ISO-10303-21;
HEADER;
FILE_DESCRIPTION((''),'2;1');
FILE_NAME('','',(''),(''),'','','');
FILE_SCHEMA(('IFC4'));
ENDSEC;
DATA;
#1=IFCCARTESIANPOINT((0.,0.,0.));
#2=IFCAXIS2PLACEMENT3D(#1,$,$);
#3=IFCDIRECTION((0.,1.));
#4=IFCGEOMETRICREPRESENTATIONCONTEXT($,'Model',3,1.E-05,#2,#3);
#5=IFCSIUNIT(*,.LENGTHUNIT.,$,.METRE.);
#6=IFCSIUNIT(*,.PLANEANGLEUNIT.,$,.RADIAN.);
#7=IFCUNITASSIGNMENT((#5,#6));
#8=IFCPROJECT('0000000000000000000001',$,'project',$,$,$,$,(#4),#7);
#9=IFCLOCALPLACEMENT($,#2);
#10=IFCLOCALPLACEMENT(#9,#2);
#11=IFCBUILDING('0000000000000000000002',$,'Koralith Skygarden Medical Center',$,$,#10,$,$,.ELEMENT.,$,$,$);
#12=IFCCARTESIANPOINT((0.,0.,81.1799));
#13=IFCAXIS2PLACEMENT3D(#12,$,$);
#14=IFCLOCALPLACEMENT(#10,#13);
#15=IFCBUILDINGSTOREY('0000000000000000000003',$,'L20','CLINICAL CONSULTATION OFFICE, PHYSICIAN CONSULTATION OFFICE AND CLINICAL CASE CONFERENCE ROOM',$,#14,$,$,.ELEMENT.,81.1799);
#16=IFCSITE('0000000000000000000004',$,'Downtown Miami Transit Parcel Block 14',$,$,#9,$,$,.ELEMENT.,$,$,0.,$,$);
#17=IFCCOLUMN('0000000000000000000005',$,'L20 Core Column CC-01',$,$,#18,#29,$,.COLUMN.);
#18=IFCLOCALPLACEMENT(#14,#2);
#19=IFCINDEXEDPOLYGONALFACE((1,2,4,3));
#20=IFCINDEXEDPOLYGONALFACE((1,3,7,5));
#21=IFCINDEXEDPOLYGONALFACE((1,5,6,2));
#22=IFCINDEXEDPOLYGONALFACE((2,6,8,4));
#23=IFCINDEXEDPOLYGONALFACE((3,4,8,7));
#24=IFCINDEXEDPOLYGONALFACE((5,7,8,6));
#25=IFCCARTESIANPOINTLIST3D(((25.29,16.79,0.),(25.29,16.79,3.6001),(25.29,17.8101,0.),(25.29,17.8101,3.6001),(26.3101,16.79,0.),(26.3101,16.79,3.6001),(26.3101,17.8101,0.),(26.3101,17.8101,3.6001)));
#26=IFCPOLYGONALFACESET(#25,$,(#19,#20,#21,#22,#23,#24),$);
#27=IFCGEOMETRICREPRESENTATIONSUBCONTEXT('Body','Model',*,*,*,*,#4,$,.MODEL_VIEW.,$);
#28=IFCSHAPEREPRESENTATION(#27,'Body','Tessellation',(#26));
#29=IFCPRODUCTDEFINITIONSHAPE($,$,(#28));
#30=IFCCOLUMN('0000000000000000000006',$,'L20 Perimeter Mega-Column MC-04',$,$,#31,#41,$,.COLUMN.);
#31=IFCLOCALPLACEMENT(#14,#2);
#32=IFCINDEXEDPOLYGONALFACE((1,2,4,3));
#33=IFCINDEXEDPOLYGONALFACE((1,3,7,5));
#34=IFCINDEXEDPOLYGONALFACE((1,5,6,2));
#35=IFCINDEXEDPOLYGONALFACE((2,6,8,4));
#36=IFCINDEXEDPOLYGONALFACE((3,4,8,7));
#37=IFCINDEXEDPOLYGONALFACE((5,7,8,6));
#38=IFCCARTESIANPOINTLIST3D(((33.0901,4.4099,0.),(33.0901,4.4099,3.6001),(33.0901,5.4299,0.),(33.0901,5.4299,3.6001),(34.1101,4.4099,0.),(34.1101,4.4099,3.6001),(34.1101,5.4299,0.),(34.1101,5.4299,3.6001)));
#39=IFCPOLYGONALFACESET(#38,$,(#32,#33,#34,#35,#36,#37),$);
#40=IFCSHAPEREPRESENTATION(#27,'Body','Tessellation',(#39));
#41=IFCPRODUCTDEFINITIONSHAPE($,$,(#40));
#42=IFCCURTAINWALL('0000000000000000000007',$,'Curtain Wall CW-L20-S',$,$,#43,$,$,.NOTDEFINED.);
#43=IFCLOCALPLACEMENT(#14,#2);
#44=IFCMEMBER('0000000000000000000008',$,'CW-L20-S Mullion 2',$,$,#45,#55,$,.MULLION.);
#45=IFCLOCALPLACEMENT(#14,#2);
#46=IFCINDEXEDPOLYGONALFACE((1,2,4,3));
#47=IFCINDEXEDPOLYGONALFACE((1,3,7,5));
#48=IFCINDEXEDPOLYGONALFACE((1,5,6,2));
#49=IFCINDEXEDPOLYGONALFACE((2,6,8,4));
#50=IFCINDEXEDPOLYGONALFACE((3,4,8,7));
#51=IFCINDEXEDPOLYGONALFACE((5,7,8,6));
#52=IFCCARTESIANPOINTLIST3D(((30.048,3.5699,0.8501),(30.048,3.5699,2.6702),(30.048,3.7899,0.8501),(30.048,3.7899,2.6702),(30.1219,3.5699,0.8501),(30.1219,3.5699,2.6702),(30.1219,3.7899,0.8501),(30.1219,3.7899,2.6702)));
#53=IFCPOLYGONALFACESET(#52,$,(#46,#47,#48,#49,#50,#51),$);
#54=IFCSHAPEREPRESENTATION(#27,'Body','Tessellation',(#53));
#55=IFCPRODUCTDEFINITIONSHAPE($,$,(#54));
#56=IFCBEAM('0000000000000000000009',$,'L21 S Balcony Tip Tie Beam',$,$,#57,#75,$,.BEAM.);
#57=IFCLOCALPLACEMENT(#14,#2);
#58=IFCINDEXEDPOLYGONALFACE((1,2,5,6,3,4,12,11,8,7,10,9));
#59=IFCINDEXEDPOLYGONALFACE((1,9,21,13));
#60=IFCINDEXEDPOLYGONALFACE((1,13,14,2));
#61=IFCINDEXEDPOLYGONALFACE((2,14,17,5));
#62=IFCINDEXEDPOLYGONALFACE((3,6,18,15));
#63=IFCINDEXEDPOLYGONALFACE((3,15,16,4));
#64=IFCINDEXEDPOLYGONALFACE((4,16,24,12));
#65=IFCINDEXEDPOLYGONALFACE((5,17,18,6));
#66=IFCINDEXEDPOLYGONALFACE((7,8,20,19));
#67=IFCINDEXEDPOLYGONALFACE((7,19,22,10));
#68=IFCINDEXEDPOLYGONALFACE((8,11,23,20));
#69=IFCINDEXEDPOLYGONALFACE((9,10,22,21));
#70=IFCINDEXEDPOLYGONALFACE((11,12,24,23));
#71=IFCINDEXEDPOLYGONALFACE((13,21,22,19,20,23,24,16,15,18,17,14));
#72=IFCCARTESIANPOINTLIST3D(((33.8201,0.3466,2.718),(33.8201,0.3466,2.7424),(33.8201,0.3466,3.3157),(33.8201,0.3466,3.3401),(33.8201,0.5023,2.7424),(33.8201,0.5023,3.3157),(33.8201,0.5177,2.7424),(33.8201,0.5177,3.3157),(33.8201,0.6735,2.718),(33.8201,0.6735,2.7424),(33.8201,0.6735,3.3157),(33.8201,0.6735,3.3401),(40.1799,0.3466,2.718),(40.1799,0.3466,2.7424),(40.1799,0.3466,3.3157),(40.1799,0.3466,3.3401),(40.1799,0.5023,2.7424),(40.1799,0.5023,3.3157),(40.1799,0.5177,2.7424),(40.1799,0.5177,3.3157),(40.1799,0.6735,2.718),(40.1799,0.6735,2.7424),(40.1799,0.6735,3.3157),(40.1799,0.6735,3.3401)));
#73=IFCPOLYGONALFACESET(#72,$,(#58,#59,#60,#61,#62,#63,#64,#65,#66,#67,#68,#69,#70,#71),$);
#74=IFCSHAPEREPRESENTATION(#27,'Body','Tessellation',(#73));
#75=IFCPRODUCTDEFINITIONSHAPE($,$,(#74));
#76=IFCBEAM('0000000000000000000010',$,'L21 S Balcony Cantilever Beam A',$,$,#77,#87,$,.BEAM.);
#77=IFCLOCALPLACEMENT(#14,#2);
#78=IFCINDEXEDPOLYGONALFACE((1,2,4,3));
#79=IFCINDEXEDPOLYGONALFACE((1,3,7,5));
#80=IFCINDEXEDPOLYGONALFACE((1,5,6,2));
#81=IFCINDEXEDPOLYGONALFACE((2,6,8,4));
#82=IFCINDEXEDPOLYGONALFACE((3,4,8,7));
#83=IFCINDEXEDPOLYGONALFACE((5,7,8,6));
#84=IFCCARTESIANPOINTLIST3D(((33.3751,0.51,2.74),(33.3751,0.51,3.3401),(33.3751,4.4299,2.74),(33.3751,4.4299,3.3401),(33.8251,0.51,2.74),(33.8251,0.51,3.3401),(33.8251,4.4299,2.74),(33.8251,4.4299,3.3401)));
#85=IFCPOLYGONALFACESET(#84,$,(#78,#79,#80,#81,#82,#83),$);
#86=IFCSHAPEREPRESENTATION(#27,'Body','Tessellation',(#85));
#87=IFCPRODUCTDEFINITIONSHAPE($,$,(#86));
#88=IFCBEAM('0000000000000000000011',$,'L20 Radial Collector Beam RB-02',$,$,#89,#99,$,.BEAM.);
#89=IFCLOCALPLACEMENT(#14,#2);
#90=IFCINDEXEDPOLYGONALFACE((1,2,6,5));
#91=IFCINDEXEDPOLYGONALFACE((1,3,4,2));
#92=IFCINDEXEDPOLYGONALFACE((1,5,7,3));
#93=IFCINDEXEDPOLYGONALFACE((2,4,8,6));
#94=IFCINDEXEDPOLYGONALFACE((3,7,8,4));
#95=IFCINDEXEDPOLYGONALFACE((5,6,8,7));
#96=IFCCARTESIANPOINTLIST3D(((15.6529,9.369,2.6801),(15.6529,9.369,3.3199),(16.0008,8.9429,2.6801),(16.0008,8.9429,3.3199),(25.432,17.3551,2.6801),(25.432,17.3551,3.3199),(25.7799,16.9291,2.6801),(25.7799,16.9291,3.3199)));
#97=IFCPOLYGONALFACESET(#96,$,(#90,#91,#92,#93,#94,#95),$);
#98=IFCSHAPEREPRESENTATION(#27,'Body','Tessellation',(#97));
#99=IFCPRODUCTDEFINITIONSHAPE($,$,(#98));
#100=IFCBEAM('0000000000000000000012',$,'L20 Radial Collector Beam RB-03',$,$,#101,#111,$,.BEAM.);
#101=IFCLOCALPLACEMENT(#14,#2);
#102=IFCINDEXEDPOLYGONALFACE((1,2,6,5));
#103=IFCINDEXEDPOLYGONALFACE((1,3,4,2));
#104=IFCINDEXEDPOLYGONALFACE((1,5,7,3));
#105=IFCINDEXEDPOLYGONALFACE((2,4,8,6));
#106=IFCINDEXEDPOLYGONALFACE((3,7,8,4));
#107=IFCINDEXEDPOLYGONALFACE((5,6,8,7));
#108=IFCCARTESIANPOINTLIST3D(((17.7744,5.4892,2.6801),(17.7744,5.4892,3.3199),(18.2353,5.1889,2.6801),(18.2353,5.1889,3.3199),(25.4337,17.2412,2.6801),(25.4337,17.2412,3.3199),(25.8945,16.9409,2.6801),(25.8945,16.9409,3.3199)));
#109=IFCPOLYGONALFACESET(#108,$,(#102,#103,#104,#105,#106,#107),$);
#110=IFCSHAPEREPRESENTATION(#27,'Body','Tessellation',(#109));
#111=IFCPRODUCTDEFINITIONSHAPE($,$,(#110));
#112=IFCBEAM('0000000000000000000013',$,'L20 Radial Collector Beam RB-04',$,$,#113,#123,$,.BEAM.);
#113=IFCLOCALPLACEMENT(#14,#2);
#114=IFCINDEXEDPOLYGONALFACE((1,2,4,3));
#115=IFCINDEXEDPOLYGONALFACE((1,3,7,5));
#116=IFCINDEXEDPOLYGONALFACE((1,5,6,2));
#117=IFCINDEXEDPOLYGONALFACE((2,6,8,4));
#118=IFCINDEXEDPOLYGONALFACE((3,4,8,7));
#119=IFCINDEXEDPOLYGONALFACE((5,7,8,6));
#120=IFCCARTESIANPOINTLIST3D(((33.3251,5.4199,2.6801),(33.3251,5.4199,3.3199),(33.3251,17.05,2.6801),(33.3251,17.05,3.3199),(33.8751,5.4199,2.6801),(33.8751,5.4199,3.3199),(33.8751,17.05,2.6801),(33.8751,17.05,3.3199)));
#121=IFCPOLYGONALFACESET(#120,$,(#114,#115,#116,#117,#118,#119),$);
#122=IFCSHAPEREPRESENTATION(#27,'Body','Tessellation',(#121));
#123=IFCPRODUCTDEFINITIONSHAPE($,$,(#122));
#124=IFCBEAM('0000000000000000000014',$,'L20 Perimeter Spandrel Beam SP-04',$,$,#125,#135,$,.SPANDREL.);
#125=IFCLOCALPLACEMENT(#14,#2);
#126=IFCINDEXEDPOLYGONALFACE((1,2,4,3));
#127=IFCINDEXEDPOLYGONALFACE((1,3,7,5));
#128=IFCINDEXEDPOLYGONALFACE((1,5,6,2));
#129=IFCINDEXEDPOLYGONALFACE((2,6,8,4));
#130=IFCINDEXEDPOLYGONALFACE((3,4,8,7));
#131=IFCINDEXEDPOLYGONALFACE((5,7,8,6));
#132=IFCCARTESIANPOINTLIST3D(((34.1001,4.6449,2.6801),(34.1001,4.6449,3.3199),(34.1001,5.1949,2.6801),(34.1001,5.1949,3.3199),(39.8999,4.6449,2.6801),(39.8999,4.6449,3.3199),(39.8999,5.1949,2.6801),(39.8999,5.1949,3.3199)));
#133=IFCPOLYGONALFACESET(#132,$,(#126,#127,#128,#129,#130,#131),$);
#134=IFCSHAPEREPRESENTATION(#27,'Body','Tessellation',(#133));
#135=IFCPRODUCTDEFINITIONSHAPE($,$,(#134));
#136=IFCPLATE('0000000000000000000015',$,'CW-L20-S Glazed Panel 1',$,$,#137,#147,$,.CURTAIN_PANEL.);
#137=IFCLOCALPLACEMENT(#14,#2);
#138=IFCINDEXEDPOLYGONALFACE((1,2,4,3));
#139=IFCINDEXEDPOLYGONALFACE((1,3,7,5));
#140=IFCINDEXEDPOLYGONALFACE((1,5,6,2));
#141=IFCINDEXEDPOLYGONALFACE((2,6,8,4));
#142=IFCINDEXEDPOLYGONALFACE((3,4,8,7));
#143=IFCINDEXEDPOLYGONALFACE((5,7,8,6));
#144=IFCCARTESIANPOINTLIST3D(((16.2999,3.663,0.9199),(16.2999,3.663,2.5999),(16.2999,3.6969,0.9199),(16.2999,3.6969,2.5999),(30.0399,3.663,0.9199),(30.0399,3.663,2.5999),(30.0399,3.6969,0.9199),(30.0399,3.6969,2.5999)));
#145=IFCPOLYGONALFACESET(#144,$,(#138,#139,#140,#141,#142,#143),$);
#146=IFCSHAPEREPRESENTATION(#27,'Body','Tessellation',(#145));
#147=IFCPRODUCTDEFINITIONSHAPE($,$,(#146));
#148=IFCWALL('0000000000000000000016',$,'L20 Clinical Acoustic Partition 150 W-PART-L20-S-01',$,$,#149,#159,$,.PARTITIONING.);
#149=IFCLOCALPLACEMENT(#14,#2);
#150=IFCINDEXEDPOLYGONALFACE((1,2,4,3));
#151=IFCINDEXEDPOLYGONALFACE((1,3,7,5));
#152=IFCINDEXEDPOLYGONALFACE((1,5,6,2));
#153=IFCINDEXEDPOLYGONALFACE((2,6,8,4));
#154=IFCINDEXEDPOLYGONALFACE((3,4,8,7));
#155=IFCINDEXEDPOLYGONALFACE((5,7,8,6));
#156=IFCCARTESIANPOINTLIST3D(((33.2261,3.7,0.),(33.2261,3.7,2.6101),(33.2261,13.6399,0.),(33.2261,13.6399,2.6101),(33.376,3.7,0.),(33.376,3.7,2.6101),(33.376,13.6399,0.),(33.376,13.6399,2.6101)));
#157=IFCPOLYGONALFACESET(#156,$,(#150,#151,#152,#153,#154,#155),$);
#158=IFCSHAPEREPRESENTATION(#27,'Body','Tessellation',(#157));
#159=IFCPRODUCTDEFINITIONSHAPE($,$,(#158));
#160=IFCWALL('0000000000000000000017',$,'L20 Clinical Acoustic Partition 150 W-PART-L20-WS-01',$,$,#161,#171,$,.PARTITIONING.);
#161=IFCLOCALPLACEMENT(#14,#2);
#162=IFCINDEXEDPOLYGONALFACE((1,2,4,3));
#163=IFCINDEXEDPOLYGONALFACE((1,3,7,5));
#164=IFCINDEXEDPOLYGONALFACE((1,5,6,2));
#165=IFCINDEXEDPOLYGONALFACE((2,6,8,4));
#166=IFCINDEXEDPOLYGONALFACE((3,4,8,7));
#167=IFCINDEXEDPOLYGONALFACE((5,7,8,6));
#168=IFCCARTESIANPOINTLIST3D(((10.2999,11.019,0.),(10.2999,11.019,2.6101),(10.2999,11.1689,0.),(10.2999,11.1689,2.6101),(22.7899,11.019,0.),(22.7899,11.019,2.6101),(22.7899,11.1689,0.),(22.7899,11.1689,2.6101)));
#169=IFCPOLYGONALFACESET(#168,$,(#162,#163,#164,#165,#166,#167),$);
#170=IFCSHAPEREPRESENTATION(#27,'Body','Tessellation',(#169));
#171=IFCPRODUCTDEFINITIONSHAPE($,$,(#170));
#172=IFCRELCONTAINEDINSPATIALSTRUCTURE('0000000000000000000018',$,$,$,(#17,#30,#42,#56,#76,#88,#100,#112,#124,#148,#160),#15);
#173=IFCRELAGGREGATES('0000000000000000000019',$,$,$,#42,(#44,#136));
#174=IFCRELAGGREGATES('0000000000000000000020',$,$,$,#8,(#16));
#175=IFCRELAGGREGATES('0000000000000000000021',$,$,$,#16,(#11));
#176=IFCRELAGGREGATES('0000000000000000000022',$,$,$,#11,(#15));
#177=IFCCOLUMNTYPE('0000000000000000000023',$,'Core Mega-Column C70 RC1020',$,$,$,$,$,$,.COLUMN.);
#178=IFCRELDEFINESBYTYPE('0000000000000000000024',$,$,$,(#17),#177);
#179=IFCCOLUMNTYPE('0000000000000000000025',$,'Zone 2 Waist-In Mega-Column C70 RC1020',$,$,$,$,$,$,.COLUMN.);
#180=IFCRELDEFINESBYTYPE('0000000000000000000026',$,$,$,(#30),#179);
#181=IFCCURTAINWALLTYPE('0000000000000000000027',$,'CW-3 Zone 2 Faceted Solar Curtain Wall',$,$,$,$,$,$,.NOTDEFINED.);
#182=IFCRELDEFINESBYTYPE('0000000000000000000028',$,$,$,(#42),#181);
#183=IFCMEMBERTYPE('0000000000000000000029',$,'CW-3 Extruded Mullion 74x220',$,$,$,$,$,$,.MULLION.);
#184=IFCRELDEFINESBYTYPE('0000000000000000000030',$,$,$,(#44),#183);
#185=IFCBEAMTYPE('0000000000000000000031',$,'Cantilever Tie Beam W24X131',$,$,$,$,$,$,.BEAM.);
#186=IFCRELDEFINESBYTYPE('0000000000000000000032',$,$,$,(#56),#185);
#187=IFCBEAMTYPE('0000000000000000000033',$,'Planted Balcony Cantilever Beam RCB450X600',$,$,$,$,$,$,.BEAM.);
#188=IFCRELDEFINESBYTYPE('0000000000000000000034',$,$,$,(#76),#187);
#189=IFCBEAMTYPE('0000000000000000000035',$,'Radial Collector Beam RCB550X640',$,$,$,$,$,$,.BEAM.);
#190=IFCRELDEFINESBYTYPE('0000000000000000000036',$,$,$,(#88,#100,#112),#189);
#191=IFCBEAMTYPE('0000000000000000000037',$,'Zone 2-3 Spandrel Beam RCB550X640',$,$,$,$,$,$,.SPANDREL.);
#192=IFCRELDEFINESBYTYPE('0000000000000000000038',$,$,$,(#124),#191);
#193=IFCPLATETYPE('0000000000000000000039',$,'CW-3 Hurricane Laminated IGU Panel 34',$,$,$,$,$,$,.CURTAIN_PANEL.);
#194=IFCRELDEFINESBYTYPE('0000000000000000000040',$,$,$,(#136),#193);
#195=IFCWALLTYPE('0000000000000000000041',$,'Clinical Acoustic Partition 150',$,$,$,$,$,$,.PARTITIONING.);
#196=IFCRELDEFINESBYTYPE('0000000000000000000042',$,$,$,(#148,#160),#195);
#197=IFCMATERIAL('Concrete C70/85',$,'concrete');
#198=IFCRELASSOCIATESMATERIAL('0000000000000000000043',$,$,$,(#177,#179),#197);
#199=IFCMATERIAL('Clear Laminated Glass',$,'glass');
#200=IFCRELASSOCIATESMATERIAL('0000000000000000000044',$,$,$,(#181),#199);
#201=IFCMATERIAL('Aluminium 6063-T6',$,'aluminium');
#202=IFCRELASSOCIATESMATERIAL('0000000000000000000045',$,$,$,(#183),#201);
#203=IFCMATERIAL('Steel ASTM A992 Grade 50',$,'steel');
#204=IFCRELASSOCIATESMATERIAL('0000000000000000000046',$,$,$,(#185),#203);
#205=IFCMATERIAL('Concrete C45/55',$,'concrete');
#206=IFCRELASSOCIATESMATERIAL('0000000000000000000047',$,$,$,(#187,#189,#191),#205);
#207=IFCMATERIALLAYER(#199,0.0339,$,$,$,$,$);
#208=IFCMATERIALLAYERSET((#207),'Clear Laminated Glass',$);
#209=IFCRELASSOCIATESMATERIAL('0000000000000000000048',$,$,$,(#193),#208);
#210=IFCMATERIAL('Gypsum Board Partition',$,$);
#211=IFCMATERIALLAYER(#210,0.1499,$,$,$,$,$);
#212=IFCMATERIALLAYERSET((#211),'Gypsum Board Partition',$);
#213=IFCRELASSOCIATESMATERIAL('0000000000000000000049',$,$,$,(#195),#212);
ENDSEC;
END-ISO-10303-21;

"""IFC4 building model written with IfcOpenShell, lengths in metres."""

from ifc_helpers import new_model, si_unit, direction, frame, frame_2d, origin, origin_2d, place, context, subcontext, project, spatial, rectangle, i_section, extrude, material, layer, layer_set, material_profile, profile_set, type_object, element, aggregate, save


model = new_model("IFC4")

# Units and contexts
model_context = context("Model", 3, precision=1e-05, world=origin(), true_north=direction((0.0, 1.0)))
body_context = subcontext(model_context, "Body", "Model", "MODEL_VIEW")
ifc_project = project(units=[si_unit("LENGTHUNIT", "METRE"), si_unit("PLANEANGLEUNIT", "RADIAN")], contexts=[model_context])

# Site, building, storey
site_placement = place(None, origin())
site = spatial("IfcSite", under=ifc_project, at=site_placement, Name="Downtown Miami Transit Parcel Block 14", CompositionType="ELEMENT", RefElevation=0.0)
building_placement = place(site_placement, origin())
building = spatial("IfcBuilding", under=site, at=building_placement, Name="Koralith Skygarden Medical Center", CompositionType="ELEMENT")
storey_placement = place(building_placement, frame((0.0, 0.0, 81.1799)))
storey = spatial("IfcBuildingStorey", under=building, at=storey_placement, Name="L20", Description="CLINICAL CONSULTATION OFFICE, PHYSICIAN CONSULTATION OFFICE AND CLINICAL CASE CONFERENCE ROOM", CompositionType="ELEMENT", Elevation=81.1799)

# Columns
ifc_material_1 = material(Name="Concrete C70/85", Category="concrete")
ifc_material_profile_1 = material_profile(ifc_material_1, rectangle(XDim=1.02, YDim=1.02, at=origin_2d()), Name="RC1020X1020")
ifc_profile_set_1 = profile_set([ifc_material_profile_1], Name="Concrete C70/85")
column_type_1 = type_object("IfcColumnType", Name="Core Mega-Column C70 RC1020", PredefinedType="COLUMN", material=ifc_profile_set_1)
column_1_placement = place(storey_placement, frame((25.8, 17.3, 0.0), z_axis=(0.0, 0.0, 1.0), x_axis=(1.0, 0.0, 0.0)))
element("IfcColumn", 1, at=column_1_placement, inside=storey, type_object=column_type_1, Name="L20 Core Column CC-01", PredefinedType="COLUMN", context=body_context, shape_type="SweptSolid", body=[
    extrude(rectangle(XDim=1.02, YDim=1.02, at=origin_2d()), origin(), (0.0, 0.0, 1.0), 3.6001),
])
ifc_material_profile_2 = material_profile(ifc_material_1, rectangle(XDim=1.02, YDim=1.02, at=origin_2d()), Name="RC1020X1020")
ifc_profile_set_2 = profile_set([ifc_material_profile_2], Name="Concrete C70/85")
column_type_2 = type_object("IfcColumnType", Name="Zone 2 Waist-In Mega-Column C70 RC1020", PredefinedType="COLUMN", material=ifc_profile_set_2)
column_2_placement = place(storey_placement, frame((33.6001, 4.9199, 0.0), z_axis=(0.0, 0.0, 1.0), x_axis=(1.0, 0.0, 0.0)))
element("IfcColumn", 2, at=column_2_placement, inside=storey, type_object=column_type_2, Name="L20 Perimeter Mega-Column MC-04", PredefinedType="COLUMN", context=body_context, shape_type="SweptSolid", body=[
    extrude(rectangle(XDim=1.02, YDim=1.02, at=origin_2d()), origin(), (0.0, 0.0, 1.0), 3.6001),
])

# Curtain wall, member
ifc_material_2 = material(Name="Clear Laminated Glass", Category="glass")
curtain_wall_type = type_object("IfcCurtainWallType", Name="CW-3 Zone 2 Faceted Solar Curtain Wall", PredefinedType="NOTDEFINED", material=ifc_material_2)
curtain_wall_placement = place(storey_placement, origin())
curtain_wall = element("IfcCurtainWall", 3, at=curtain_wall_placement, inside=storey, type_object=curtain_wall_type, Name="Curtain Wall CW-L20-S", PredefinedType="NOTDEFINED")
ifc_material_3 = material(Name="Aluminium 6063-T6", Category="aluminium")
ifc_material_profile_3 = material_profile(ifc_material_3, rectangle(XDim=0.074, YDim=0.22, at=origin_2d()), Name="MUL74X220")
ifc_profile_set_3 = profile_set([ifc_material_profile_3], Name="Aluminium 6063-T6")
member_type = type_object("IfcMemberType", Name="CW-3 Extruded Mullion 74x220", PredefinedType="MULLION", material=ifc_profile_set_3)
member_placement = place(storey_placement, frame((30.085, 3.6799, 0.8501), z_axis=(0.0, 0.0, 1.0), x_axis=(1.0, 0.0, 0.0)))
member = element("IfcMember", 4, at=member_placement, type_object=member_type, Name="CW-L20-S Mullion 2", PredefinedType="MULLION", context=body_context, shape_type="SweptSolid", body=[
    extrude(rectangle(XDim=0.074, YDim=0.22, at=origin_2d()), origin(), (0.0, 0.0, 1.0), 1.8201),
])

# Beams
ifc_material_4 = material(Name="Steel ASTM A992 Grade 50", Category="steel")
ifc_material_profile_4 = material_profile(ifc_material_4, i_section(OverallWidth=0.3269, OverallDepth=0.6221, WebThickness=0.0154, FlangeThickness=0.0244, at=origin_2d()), Name="W24X131")
ifc_profile_set_4 = profile_set([ifc_material_profile_4], Name="Steel ASTM A992 Grade 50")
beam_type_1 = type_object("IfcBeamType", Name="Cantilever Tie Beam W24X131", PredefinedType="BEAM", material=ifc_profile_set_4)
beam_1_placement = place(storey_placement, frame((33.8201, 0.51, 3.0291), z_axis=(1.0, 0.0, 0.0), x_axis=(0.0, 1.0, 0.0)))
element("IfcBeam", 5, at=beam_1_placement, inside=storey, type_object=beam_type_1, Name="L21 S Balcony Tip Tie Beam", PredefinedType="BEAM", context=body_context, shape_type="SweptSolid", body=[
    extrude(i_section(OverallWidth=0.3269, OverallDepth=0.6221, WebThickness=0.0154, FlangeThickness=0.0244, at=origin_2d()), origin(), (0.0, 0.0, 1.0), 6.3599),
])
ifc_material_5 = material(Name="Concrete C45/55", Category="concrete")
ifc_material_profile_5 = material_profile(ifc_material_5, rectangle(XDim=0.45, YDim=0.6001, at=origin_2d()), Name="RCB450X600")
ifc_profile_set_5 = profile_set([ifc_material_profile_5], Name="Concrete C45/55")
beam_type_2 = type_object("IfcBeamType", Name="Planted Balcony Cantilever Beam RCB450X600", PredefinedType="BEAM", material=ifc_profile_set_5)
beam_2_placement = place(storey_placement, frame((33.6001, 4.4299, 3.04), z_axis=(0.0, -1.0, 0.0), x_axis=(1.0, 0.0, 0.0)))
element("IfcBeam", 6, at=beam_2_placement, inside=storey, type_object=beam_type_2, Name="L21 S Balcony Cantilever Beam A", PredefinedType="BEAM", context=body_context, shape_type="SweptSolid", body=[
    extrude(rectangle(XDim=0.45, YDim=0.6001, at=origin_2d()), origin(), (0.0, 0.0, 1.0), 3.9199),
])
ifc_material_profile_6 = material_profile(ifc_material_5, rectangle(XDim=0.55, YDim=0.6399, at=origin_2d()), Name="RCB550X640")
ifc_profile_set_6 = profile_set([ifc_material_profile_6], Name="Concrete C45/55")
beam_type_3 = type_object("IfcBeamType", Name="Radial Collector Beam RCB550X640", PredefinedType="BEAM", material=ifc_profile_set_6)
beam_3_placement = place(storey_placement, frame((25.606, 17.1421, 3.0), z_axis=(-0.774538, -0.632528, 0.0), x_axis=(0.632528, -0.774538, 0.0)))
element("IfcBeam", 7, at=beam_3_placement, inside=storey, type_object=beam_type_3, Name="L20 Radial Collector Beam RB-02", PredefinedType="BEAM", context=body_context, shape_type="SweptSolid", body=[
    extrude(rectangle(XDim=0.55, YDim=0.6399, at=origin_2d()), origin(), (0.0, 0.0, 1.0), 12.6257),
])
beam_4_placement = place(storey_placement, frame((25.6641, 17.0911, 3.0), z_axis=(-0.546011, -0.837778, 0.0), x_axis=(0.837778, -0.546011, 0.0)))
element("IfcBeam", 8, at=beam_4_placement, inside=storey, type_object=beam_type_3, Name="L20 Radial Collector Beam RB-03", PredefinedType="BEAM", context=body_context, shape_type="SweptSolid", body=[
    extrude(rectangle(XDim=0.55, YDim=0.6399, at=origin_2d()), origin(), (0.0, 0.0, 1.0), 14.0276),
])
beam_5_placement = place(storey_placement, frame((33.6001, 17.05, 3.0), z_axis=(0.0, -1.0, 0.0), x_axis=(1.0, 0.0, 0.0)))
element("IfcBeam", 9, at=beam_5_placement, inside=storey, type_object=beam_type_3, Name="L20 Radial Collector Beam RB-04", PredefinedType="BEAM", context=body_context, shape_type="SweptSolid", body=[
    extrude(rectangle(XDim=0.55, YDim=0.6399, at=origin_2d()), origin(), (0.0, 0.0, 1.0), 11.6301),
])
ifc_material_profile_7 = material_profile(ifc_material_5, rectangle(XDim=0.55, YDim=0.6399, at=origin_2d()), Name="RCB550X640")
ifc_profile_set_7 = profile_set([ifc_material_profile_7], Name="Concrete C45/55")
beam_type_4 = type_object("IfcBeamType", Name="Zone 2-3 Spandrel Beam RCB550X640", PredefinedType="SPANDREL", material=ifc_profile_set_7)
beam_6_placement = place(storey_placement, frame((34.1001, 4.9199, 3.0), z_axis=(1.0, 0.0, 0.0), x_axis=(0.0, 1.0, 0.0)))
element("IfcBeam", 10, at=beam_6_placement, inside=storey, type_object=beam_type_4, Name="L20 Perimeter Spandrel Beam SP-04", PredefinedType="SPANDREL", context=body_context, shape_type="SweptSolid", body=[
    extrude(rectangle(XDim=0.55, YDim=0.6399, at=origin_2d()), origin(), (0.0, 0.0, 1.0), 5.7998),
])

# Plate
ifc_layer_1 = layer(ifc_material_2, 0.0339)
ifc_layer_set_1 = layer_set([ifc_layer_1], Name="Clear Laminated Glass")
plate_type = type_object("IfcPlateType", Name="CW-3 Hurricane Laminated IGU Panel 34", PredefinedType="CURTAIN_PANEL", material=ifc_layer_set_1)
plate_placement = place(storey_placement, frame((23.1699, 3.6799, 0.9199), z_axis=(0.0, 0.0, 1.0), x_axis=(1.0, 0.0, 0.0)))
plate = element("IfcPlate", 11, at=plate_placement, type_object=plate_type, Name="CW-L20-S Glazed Panel 1", PredefinedType="CURTAIN_PANEL", context=body_context, shape_type="SweptSolid", body=[
    extrude(rectangle(XDim=13.74, YDim=0.0339, at=origin_2d()), origin(), (0.0, 0.0, 1.0), 1.6799),
])
aggregate(curtain_wall, [member, plate])

# Walls
ifc_material_6 = material(Name="Gypsum Board Partition")
ifc_layer_2 = layer(ifc_material_6, 0.1499)
ifc_layer_set_2 = layer_set([ifc_layer_2], Name="Gypsum Board Partition")
wall_type_1 = type_object("IfcWallType", Name="Clinical Acoustic Partition 150", PredefinedType="PARTITIONING", material=ifc_layer_set_2)
wall_1_placement = place(storey_placement, frame((33.301, 13.6399, 0.0), z_axis=(0.0, 0.0, 1.0), x_axis=(0.0, -1.0, 0.0)))
element("IfcWall", 12, at=wall_1_placement, inside=storey, type_object=wall_type_1, Name="L20 Clinical Acoustic Partition 150 W-PART-L20-S-01", PredefinedType="PARTITIONING", context=body_context, shape_type="SweptSolid", body=[
    extrude(rectangle(XDim=9.9399, YDim=0.1499, at=frame_2d((4.97, 0.0))), origin(), (0.0, 0.0, 1.0), 2.6101),
])
for number, where, z_axis, x_axis, name in (
    (13, (22.79, 11.094, 0.0), (0.0, 0.0, 1.0), (-1.0, 0.0, 0.0), "L20 Clinical Acoustic Partition 150 W-PART-L20-WS-01"),
):
    element("IfcWall", number, at=place(storey_placement, frame(where, z_axis=z_axis, x_axis=x_axis)), inside=storey, type_object=wall_type_1, Name=name, PredefinedType="PARTITIONING", context=body_context, shape_type="SweptSolid", body=[
        extrude(rectangle(XDim=12.49, YDim=0.1499, at=frame_2d((6.2451, 0.0))), origin(), (0.0, 0.0, 1.0), 2.6101),
    ])

save(model, "model.ifc")
